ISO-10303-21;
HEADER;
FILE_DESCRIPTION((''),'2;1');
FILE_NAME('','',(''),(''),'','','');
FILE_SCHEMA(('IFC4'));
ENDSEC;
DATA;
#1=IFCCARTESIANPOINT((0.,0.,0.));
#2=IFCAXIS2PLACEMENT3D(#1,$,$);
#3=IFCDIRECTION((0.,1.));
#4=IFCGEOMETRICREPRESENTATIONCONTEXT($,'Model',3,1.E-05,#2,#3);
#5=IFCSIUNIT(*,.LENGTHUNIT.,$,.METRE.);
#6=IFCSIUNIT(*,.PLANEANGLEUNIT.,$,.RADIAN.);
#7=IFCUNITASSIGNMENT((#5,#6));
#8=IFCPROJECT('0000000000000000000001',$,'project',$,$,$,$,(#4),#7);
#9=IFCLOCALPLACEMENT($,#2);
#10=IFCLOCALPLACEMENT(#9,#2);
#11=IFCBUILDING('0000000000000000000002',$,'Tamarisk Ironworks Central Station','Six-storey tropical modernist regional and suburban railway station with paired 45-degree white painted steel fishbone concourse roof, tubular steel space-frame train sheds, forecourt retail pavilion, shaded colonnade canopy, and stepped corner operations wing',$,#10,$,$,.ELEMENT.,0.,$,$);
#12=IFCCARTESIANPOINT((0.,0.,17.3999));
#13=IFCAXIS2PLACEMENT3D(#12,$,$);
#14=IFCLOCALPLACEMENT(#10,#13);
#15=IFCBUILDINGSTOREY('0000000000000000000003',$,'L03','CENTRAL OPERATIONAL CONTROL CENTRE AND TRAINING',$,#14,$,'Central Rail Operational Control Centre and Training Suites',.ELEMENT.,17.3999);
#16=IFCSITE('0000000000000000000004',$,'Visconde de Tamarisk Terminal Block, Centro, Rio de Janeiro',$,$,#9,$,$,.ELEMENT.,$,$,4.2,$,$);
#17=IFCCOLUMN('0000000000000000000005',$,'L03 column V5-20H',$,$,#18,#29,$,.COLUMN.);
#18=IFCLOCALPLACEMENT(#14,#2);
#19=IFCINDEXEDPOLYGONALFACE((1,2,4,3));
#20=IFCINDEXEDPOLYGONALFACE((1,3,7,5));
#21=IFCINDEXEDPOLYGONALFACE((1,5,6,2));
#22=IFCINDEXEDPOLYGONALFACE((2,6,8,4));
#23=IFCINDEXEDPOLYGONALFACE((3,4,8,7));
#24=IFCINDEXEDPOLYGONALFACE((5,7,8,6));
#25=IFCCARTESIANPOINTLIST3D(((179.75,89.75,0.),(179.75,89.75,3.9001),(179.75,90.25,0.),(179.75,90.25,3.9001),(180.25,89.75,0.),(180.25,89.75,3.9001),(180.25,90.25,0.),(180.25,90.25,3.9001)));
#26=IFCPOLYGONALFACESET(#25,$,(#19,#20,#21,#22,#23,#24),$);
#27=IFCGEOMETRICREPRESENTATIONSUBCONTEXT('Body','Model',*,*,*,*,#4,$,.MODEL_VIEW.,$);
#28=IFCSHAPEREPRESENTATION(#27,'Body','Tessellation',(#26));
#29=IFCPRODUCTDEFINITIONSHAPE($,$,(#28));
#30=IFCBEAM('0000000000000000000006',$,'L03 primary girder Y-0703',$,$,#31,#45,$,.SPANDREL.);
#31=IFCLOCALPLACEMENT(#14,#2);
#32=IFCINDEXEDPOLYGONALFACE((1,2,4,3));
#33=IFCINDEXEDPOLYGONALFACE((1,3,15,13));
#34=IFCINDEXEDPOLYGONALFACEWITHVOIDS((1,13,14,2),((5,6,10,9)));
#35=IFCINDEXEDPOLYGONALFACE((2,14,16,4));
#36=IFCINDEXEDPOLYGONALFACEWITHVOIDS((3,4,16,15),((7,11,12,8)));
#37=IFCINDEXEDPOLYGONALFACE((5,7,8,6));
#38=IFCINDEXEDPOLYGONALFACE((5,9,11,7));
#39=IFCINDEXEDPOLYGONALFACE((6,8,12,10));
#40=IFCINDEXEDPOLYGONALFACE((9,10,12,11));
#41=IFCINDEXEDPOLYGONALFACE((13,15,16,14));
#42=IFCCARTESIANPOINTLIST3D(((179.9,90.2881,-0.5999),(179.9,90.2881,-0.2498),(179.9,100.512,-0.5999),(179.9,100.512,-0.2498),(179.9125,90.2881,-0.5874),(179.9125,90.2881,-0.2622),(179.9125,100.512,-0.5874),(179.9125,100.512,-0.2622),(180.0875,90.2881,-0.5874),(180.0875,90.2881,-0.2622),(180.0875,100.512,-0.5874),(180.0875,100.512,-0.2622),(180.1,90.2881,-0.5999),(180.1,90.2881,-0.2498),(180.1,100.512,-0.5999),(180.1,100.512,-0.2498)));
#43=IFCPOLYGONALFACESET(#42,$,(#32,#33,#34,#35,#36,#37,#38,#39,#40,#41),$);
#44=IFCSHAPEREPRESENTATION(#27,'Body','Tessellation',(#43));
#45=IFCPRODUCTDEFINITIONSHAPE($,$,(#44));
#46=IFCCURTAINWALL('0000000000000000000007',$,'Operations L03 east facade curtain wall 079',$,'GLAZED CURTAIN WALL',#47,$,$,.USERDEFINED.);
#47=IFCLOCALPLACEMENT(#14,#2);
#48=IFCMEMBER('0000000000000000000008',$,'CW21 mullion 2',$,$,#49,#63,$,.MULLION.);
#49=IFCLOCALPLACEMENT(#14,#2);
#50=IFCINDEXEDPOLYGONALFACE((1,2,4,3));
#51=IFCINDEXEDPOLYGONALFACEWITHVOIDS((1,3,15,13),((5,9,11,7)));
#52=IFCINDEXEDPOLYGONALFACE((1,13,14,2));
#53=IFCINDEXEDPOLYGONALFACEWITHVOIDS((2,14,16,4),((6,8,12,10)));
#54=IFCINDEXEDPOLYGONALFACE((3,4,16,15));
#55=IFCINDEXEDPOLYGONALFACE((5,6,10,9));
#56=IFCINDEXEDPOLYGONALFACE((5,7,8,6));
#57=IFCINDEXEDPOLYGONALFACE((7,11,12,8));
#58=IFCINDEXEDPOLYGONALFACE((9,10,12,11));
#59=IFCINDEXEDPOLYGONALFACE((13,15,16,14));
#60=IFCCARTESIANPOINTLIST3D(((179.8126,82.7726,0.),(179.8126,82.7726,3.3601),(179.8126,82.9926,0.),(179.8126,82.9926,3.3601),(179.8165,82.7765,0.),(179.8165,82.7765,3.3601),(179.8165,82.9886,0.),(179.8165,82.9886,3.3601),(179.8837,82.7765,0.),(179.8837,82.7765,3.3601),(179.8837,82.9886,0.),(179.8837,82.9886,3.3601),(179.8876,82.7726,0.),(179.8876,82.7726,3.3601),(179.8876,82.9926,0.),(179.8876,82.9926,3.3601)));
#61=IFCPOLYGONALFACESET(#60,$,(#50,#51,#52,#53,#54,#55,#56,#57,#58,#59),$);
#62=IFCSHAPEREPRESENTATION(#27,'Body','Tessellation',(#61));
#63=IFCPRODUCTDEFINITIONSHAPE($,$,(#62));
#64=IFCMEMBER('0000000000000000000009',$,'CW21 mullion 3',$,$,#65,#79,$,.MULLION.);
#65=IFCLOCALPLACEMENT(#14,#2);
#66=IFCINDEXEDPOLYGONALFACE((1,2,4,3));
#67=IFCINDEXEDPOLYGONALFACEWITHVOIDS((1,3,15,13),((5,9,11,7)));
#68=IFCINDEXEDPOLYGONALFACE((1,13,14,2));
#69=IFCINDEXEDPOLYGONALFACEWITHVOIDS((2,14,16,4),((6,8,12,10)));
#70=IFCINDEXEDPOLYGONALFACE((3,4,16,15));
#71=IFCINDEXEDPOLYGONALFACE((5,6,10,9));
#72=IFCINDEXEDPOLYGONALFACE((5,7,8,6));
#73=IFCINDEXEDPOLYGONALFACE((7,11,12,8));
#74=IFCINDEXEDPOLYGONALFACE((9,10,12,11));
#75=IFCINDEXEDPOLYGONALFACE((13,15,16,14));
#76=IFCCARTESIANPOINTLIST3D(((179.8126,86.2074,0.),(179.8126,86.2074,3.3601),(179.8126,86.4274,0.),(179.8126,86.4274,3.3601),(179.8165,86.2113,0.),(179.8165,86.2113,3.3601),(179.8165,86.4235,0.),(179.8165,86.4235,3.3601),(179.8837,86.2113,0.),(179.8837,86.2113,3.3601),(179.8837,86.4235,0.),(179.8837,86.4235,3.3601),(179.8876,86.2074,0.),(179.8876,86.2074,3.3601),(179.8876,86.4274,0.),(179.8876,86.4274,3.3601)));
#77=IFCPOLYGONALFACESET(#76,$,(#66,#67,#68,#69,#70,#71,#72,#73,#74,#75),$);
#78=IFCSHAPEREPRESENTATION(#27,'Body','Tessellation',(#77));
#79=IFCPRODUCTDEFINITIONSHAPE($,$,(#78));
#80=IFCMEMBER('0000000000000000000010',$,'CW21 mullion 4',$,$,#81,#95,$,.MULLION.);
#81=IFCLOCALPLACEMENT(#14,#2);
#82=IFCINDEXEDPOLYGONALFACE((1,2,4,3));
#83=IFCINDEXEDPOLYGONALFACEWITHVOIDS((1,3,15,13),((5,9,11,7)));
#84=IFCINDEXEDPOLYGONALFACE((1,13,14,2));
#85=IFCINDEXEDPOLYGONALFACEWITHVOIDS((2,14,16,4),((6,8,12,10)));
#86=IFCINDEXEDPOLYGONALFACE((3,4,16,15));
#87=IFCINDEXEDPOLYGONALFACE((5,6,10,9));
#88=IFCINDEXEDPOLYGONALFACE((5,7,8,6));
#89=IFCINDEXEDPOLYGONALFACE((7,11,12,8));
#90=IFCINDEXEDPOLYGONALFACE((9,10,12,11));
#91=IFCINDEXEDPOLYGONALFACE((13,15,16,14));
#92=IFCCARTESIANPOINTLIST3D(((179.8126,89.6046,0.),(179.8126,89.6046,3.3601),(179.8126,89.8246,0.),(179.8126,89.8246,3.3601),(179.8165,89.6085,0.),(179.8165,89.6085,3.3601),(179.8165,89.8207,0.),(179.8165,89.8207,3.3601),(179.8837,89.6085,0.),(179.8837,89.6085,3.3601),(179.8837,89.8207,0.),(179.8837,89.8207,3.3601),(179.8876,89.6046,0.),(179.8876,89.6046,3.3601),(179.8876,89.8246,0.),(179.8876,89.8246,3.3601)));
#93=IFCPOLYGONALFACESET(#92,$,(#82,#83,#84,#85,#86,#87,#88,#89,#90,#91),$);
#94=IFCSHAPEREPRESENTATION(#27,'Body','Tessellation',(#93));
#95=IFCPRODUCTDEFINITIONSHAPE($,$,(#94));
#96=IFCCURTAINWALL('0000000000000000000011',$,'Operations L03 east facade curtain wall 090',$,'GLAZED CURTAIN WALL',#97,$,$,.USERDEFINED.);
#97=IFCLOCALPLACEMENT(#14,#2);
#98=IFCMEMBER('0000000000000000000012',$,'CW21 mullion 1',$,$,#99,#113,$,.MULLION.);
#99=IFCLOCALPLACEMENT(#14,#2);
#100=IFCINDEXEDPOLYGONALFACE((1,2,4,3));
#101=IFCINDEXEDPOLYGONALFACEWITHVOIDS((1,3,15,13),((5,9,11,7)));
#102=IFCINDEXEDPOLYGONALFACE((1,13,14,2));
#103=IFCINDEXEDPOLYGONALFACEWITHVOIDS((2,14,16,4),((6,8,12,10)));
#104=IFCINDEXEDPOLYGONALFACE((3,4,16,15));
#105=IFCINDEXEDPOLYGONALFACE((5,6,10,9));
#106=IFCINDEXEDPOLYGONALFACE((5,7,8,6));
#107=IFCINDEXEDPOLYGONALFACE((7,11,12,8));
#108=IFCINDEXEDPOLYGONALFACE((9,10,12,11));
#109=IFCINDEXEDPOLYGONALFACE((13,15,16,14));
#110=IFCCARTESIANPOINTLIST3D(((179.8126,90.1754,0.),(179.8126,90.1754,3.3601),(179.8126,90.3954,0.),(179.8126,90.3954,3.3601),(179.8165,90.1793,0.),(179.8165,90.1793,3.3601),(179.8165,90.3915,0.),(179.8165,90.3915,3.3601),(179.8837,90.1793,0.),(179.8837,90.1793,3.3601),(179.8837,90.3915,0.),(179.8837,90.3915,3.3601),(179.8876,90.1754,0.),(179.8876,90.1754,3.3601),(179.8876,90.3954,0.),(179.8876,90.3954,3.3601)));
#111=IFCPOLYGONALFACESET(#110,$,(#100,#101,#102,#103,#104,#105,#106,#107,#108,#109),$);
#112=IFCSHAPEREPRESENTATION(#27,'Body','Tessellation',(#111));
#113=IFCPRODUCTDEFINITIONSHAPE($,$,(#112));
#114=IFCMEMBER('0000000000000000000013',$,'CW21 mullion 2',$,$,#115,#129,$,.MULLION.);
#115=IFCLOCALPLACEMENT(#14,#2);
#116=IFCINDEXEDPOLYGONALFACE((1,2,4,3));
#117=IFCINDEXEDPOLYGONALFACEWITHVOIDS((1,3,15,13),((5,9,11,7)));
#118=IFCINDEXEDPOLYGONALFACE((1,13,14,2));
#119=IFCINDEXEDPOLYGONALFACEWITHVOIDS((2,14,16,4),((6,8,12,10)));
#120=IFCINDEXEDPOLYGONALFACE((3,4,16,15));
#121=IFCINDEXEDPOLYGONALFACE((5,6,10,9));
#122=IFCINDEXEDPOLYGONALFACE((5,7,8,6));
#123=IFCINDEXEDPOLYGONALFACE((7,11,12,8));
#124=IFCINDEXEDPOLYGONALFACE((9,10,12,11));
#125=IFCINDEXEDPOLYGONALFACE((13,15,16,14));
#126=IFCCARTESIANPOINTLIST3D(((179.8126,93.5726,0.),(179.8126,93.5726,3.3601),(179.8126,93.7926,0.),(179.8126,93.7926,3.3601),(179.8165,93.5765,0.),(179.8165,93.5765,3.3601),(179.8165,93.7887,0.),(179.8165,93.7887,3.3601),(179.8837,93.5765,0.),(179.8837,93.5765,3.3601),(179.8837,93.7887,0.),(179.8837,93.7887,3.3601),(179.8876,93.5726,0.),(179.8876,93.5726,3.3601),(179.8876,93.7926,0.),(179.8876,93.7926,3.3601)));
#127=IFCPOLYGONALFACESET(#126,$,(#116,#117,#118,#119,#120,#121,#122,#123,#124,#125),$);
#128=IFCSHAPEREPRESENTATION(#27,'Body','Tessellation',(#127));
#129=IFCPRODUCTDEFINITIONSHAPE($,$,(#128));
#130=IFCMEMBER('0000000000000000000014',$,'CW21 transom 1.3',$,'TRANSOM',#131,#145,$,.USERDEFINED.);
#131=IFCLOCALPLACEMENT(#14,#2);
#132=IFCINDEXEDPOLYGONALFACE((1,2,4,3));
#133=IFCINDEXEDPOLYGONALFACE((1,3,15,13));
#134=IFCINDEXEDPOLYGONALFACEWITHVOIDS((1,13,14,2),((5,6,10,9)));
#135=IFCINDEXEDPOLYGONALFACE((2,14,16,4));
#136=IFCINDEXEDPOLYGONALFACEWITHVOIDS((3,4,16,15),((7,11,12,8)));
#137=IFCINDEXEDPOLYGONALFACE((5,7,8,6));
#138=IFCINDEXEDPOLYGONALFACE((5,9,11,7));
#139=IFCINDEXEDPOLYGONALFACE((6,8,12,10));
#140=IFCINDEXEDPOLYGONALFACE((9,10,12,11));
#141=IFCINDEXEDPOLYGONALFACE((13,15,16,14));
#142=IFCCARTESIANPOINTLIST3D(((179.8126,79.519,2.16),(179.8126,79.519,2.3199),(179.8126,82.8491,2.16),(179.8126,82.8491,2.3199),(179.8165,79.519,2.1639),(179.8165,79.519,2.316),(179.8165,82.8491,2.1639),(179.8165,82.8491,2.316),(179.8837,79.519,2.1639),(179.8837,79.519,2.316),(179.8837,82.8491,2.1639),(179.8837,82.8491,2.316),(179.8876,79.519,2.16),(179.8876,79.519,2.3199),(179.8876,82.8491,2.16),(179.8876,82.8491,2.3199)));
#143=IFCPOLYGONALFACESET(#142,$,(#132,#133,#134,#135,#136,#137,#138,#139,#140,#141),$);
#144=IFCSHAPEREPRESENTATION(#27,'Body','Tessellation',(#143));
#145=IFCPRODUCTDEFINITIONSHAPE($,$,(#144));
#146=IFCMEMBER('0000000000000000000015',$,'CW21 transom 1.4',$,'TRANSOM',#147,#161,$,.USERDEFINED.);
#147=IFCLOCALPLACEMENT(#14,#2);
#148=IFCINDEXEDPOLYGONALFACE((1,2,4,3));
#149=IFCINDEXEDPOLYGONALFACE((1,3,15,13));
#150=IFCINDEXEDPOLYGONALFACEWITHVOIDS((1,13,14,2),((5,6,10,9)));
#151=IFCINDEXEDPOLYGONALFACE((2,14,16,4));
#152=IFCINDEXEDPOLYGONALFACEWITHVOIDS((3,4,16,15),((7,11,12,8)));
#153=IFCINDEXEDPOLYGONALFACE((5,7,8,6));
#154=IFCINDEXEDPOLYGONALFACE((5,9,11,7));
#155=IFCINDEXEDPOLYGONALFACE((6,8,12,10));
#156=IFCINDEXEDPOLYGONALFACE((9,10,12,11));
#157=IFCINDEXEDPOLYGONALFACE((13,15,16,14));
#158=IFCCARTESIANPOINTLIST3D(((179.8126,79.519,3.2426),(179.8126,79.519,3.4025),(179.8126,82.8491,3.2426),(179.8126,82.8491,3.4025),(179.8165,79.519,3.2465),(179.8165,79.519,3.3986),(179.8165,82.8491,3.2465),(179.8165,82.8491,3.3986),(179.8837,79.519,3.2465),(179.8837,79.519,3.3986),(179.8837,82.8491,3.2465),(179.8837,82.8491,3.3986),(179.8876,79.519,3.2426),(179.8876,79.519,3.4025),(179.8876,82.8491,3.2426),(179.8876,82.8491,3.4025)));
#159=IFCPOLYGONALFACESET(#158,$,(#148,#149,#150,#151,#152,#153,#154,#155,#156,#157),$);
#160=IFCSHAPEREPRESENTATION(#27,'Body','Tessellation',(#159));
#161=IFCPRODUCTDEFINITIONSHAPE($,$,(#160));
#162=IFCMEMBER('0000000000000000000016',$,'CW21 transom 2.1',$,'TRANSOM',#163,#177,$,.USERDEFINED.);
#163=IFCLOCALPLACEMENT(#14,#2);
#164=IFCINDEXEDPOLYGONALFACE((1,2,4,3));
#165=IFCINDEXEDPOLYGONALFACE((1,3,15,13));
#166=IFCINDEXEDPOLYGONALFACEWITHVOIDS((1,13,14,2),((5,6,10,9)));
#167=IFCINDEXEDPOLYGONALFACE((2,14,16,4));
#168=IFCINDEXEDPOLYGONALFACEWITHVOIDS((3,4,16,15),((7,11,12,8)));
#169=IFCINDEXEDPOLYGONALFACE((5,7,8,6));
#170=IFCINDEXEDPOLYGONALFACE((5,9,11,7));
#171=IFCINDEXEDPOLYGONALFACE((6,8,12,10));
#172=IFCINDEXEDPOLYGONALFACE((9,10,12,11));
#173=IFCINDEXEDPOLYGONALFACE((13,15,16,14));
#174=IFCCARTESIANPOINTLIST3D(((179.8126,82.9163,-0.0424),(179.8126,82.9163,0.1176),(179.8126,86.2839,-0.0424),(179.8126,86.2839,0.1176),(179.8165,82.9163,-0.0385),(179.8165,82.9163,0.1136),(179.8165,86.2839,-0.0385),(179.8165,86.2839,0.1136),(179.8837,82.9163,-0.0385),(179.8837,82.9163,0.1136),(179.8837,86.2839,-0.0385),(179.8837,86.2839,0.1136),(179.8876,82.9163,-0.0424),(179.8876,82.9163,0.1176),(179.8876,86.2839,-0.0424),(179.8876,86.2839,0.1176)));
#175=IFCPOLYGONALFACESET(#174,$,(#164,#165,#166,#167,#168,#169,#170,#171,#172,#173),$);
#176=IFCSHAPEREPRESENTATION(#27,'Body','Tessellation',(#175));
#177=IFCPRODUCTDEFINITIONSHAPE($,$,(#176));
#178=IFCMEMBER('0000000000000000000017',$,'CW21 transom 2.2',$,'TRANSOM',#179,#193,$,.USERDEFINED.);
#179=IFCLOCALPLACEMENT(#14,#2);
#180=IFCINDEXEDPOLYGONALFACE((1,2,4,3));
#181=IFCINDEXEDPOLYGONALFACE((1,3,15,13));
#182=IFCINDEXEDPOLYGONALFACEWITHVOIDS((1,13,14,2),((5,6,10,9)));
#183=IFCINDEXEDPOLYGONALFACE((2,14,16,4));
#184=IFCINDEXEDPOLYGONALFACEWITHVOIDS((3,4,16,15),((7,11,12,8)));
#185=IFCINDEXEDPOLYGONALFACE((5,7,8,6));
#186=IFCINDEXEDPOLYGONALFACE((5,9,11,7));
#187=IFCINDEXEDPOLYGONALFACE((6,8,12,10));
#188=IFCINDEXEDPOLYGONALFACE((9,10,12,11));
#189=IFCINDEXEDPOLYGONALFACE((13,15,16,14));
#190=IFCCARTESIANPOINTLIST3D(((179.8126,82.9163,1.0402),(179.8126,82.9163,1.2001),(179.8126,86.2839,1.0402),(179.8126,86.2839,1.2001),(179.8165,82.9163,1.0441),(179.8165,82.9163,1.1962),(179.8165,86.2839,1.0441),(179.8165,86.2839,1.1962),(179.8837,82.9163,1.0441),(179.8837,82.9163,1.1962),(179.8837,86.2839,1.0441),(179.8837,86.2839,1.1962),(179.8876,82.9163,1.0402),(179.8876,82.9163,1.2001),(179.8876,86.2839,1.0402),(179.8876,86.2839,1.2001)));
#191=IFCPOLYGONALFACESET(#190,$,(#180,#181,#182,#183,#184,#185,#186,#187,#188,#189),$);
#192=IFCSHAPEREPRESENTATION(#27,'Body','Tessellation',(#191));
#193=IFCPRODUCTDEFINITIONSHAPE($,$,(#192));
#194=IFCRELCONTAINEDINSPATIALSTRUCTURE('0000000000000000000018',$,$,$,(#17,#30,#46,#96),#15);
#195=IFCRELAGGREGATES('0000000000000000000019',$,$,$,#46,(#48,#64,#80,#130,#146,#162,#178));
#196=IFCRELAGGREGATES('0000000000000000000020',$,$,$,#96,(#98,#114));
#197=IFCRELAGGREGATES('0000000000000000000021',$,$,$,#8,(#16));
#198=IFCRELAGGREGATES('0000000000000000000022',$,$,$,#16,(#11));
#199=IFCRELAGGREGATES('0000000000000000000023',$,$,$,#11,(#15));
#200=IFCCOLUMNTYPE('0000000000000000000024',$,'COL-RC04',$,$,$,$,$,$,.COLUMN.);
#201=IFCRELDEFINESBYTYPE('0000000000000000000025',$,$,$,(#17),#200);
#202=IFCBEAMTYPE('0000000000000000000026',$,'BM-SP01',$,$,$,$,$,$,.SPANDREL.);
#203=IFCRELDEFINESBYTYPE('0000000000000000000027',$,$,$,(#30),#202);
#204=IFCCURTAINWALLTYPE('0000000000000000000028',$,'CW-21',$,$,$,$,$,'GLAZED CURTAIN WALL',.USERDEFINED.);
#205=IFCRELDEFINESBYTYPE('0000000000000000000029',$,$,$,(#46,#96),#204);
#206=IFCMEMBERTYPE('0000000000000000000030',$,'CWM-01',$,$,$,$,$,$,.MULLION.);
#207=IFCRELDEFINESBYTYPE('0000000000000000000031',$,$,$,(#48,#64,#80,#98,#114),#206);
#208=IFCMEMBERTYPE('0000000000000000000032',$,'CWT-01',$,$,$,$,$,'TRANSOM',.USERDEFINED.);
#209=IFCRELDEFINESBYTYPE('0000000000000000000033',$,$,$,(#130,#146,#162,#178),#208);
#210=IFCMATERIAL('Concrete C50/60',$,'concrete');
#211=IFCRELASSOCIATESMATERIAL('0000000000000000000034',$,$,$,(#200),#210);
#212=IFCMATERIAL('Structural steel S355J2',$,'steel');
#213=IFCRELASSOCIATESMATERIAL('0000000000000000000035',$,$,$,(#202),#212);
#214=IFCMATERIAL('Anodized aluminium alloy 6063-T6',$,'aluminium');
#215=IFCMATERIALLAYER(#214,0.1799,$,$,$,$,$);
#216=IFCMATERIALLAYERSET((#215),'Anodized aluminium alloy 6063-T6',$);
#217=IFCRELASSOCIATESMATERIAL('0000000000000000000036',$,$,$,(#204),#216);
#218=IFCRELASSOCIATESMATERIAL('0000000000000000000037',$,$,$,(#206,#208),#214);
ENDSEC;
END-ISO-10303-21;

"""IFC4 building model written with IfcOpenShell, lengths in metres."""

from ifc_helpers import new_model, si_unit, direction, frame, origin, origin_2d, place, context, subcontext, project, spatial, rectangle, hollow_rectangle, extrude, material, layer, layer_set, material_profile, profile_set, type_object, element, aggregate, save


model = new_model("IFC4")

# Units and contexts
model_context = context("Model", 3, precision=1e-05, world=origin(), true_north=direction((0.0, 1.0)))
body_context = subcontext(model_context, "Body", "Model", "MODEL_VIEW")
ifc_project = project(units=[si_unit("LENGTHUNIT", "METRE"), si_unit("PLANEANGLEUNIT", "RADIAN")], contexts=[model_context])

# Site, building, storey
site_placement = place(None, origin())
site = spatial("IfcSite", under=ifc_project, at=site_placement, Name="Visconde de Tamarisk Terminal Block, Centro, Rio de Janeiro", CompositionType="ELEMENT", RefElevation=4.2)
building_placement = place(site_placement, origin())
building = spatial("IfcBuilding", under=site, at=building_placement, Name="Tamarisk Ironworks Central Station", Description="Six-storey tropical modernist regional and suburban railway station with paired 45-degree white painted steel fishbone concourse roof, tubular steel space-frame train sheds, forecourt retail pavilion, shaded colonnade canopy, and stepped corner operations wing", CompositionType="ELEMENT", ElevationOfRefHeight=0.0)
storey_placement = place(building_placement, frame((0.0, 0.0, 17.3999)))
storey = spatial("IfcBuildingStorey", under=building, at=storey_placement, Name="L03", Description="CENTRAL OPERATIONAL CONTROL CENTRE AND TRAINING", LongName="Central Rail Operational Control Centre and Training Suites", CompositionType="ELEMENT", Elevation=17.3999)

# Column
ifc_material_1 = material(Name="Concrete C50/60", Category="concrete")
ifc_material_profile_1 = material_profile(ifc_material_1, rectangle(XDim=0.5, YDim=0.5, at=origin_2d()), Name="RC 500x500")
ifc_profile_set_1 = profile_set([ifc_material_profile_1], Name="Concrete C50/60")
column_type = type_object("IfcColumnType", Name="COL-RC04", PredefinedType="COLUMN", material=ifc_profile_set_1)
column_placement = place(storey_placement, frame((180.0, 90.0, 0.0), z_axis=(0.0, 0.0, 1.0), x_axis=(1.0, 0.0, 0.0)))
element("IfcColumn", 1, at=column_placement, inside=storey, type_object=column_type, Name="L03 column V5-20H", PredefinedType="COLUMN", context=body_context, shape_type="SweptSolid", body=[
    extrude(rectangle(XDim=0.5, YDim=0.5, at=origin_2d()), origin(), (0.0, 0.0, 1.0), 3.9001),
])

# Beam
ifc_material_2 = material(Name="Structural steel S355J2", Category="steel")
ifc_material_profile_2 = material_profile(ifc_material_2, hollow_rectangle(XDim=0.2, YDim=0.3501, WallThickness=0.0125, at=origin_2d()), Name="RHS 350x200x12.5")
ifc_profile_set_2 = profile_set([ifc_material_profile_2], Name="Structural steel S355J2")
beam_type = type_object("IfcBeamType", Name="BM-SP01", PredefinedType="SPANDREL", material=ifc_profile_set_2)
beam_placement = place(storey_placement, frame((180.0, 90.2881, -0.4248), z_axis=(0.0, 1.0, 0.0), x_axis=(-1.0, 0.0, 0.0)))
element("IfcBeam", 2, at=beam_placement, inside=storey, type_object=beam_type, Name="L03 primary girder Y-0703", PredefinedType="SPANDREL", context=body_context, shape_type="SweptSolid", body=[
    extrude(hollow_rectangle(XDim=0.2, YDim=0.3501, WallThickness=0.0125, at=origin_2d()), origin(), (0.0, 0.0, 1.0), 10.2239),
])

# Curtain walls, members
ifc_material_3 = material(Name="Anodized aluminium alloy 6063-T6", Category="aluminium")
ifc_layer_1 = layer(ifc_material_3, 0.1799)
ifc_layer_set_1 = layer_set([ifc_layer_1], Name="Anodized aluminium alloy 6063-T6")
curtain_wall_type = type_object("IfcCurtainWallType", Name="CW-21", ElementType="GLAZED CURTAIN WALL", PredefinedType="USERDEFINED", material=ifc_layer_set_1)
curtain_wall_1_placement = place(storey_placement, origin())
curtain_wall_1 = element("IfcCurtainWall", 3, at=curtain_wall_1_placement, inside=storey, type_object=curtain_wall_type, Name="Operations L03 east facade curtain wall 079", ObjectType="GLAZED CURTAIN WALL", PredefinedType="USERDEFINED")
ifc_material_profile_3 = material_profile(ifc_material_3, hollow_rectangle(XDim=0.075, YDim=0.22, WallThickness=0.0039, at=origin_2d()), Name="ALUM 220x75")
ifc_profile_set_3 = profile_set([ifc_material_profile_3], Name="Anodized aluminium alloy 6063-T6")
member_type_1 = type_object("IfcMemberType", Name="CWM-01", PredefinedType="MULLION", material=ifc_profile_set_3)
member_1_placement = place(storey_placement, frame((179.8501, 82.8826, 0.0), z_axis=(0.0, 0.0, 1.0), x_axis=(-1.0, 0.0, 0.0)))
member_1 = element("IfcMember", 4, at=member_1_placement, type_object=member_type_1, Name="CW21 mullion 2", PredefinedType="MULLION", context=body_context, shape_type="SweptSolid", body=[
    extrude(hollow_rectangle(XDim=0.075, YDim=0.22, WallThickness=0.0039, at=origin_2d()), origin(), (0.0, 0.0, 1.0), 3.3601),
])
member_2_placement = place(storey_placement, frame((179.8501, 86.3174, 0.0), z_axis=(0.0, 0.0, 1.0), x_axis=(-1.0, 0.0, 0.0)))
member_2 = element("IfcMember", 5, at=member_2_placement, type_object=member_type_1, Name="CW21 mullion 3", PredefinedType="MULLION", context=body_context, shape_type="SweptSolid", body=[
    extrude(hollow_rectangle(XDim=0.075, YDim=0.22, WallThickness=0.0039, at=origin_2d()), origin(), (0.0, 0.0, 1.0), 3.3601),
])
member_3_placement = place(storey_placement, frame((179.8501, 89.7146, 0.0), z_axis=(0.0, 0.0, 1.0), x_axis=(-1.0, 0.0, 0.0)))
member_3 = element("IfcMember", 6, at=member_3_placement, type_object=member_type_1, Name="CW21 mullion 4", PredefinedType="MULLION", context=body_context, shape_type="SweptSolid", body=[
    extrude(hollow_rectangle(XDim=0.075, YDim=0.22, WallThickness=0.0039, at=origin_2d()), origin(), (0.0, 0.0, 1.0), 3.3601),
])
curtain_wall_2_placement = place(storey_placement, origin())
curtain_wall_2 = element("IfcCurtainWall", 7, at=curtain_wall_2_placement, inside=storey, type_object=curtain_wall_type, Name="Operations L03 east facade curtain wall 090", ObjectType="GLAZED CURTAIN WALL", PredefinedType="USERDEFINED")
member_4_placement = place(storey_placement, frame((179.8501, 90.2854, 0.0), z_axis=(0.0, 0.0, 1.0), x_axis=(-1.0, 0.0, 0.0)))
member_4 = element("IfcMember", 8, at=member_4_placement, type_object=member_type_1, Name="CW21 mullion 1", PredefinedType="MULLION", context=body_context, shape_type="SweptSolid", body=[
    extrude(hollow_rectangle(XDim=0.075, YDim=0.22, WallThickness=0.0039, at=origin_2d()), origin(), (0.0, 0.0, 1.0), 3.3601),
])
member_5_placement = place(storey_placement, frame((179.8501, 93.6826, 0.0), z_axis=(0.0, 0.0, 1.0), x_axis=(-1.0, 0.0, 0.0)))
member_5 = element("IfcMember", 9, at=member_5_placement, type_object=member_type_1, Name="CW21 mullion 2", PredefinedType="MULLION", context=body_context, shape_type="SweptSolid", body=[
    extrude(hollow_rectangle(XDim=0.075, YDim=0.22, WallThickness=0.0039, at=origin_2d()), origin(), (0.0, 0.0, 1.0), 3.3601),
])

# Members
ifc_material_profile_4 = material_profile(ifc_material_3, hollow_rectangle(XDim=0.075, YDim=0.1599, WallThickness=0.0039, at=origin_2d()), Name="ALUM 160x75")
ifc_profile_set_4 = profile_set([ifc_material_profile_4], Name="Anodized aluminium alloy 6063-T6")
member_type_2 = type_object("IfcMemberType", Name="CWT-01", ElementType="TRANSOM", PredefinedType="USERDEFINED", material=ifc_profile_set_4)
member_6_placement = place(storey_placement, frame((179.8501, 79.519, 2.24), z_axis=(0.0, 1.0, 0.0), x_axis=(-1.0, 0.0, 0.0)))
member_6 = element("IfcMember", 10, at=member_6_placement, type_object=member_type_2, Name="CW21 transom 1.3", ObjectType="TRANSOM", PredefinedType="USERDEFINED", context=body_context, shape_type="SweptSolid", body=[
    extrude(hollow_rectangle(XDim=0.075, YDim=0.1599, WallThickness=0.0039, at=origin_2d()), origin(), (0.0, 0.0, 1.0), 3.3301),
])
member_7_placement = place(storey_placement, frame((179.8501, 79.519, 3.3225), z_axis=(0.0, 1.0, 0.0), x_axis=(-1.0, 0.0, 0.0)))
member_7 = element("IfcMember", 11, at=member_7_placement, type_object=member_type_2, Name="CW21 transom 1.4", ObjectType="TRANSOM", PredefinedType="USERDEFINED", context=body_context, shape_type="SweptSolid", body=[
    extrude(hollow_rectangle(XDim=0.075, YDim=0.1599, WallThickness=0.0039, at=origin_2d()), origin(), (0.0, 0.0, 1.0), 3.3301),
])
member_8_placement = place(storey_placement, frame((179.8501, 82.9163, 0.0376), z_axis=(0.0, 1.0, 0.0), x_axis=(-1.0, 0.0, 0.0)))
member_8 = element("IfcMember", 12, at=member_8_placement, type_object=member_type_2, Name="CW21 transom 2.1", ObjectType="TRANSOM", PredefinedType="USERDEFINED", context=body_context, shape_type="SweptSolid", body=[
    extrude(hollow_rectangle(XDim=0.075, YDim=0.1599, WallThickness=0.0039, at=origin_2d()), origin(), (0.0, 0.0, 1.0), 3.3677),
])
member_9_placement = place(storey_placement, frame((179.8501, 82.9163, 1.1201), z_axis=(0.0, 1.0, 0.0), x_axis=(-1.0, 0.0, 0.0)))
member_9 = element("IfcMember", 13, at=member_9_placement, type_object=member_type_2, Name="CW21 transom 2.2", ObjectType="TRANSOM", PredefinedType="USERDEFINED", context=body_context, shape_type="SweptSolid", body=[
    extrude(hollow_rectangle(XDim=0.075, YDim=0.1599, WallThickness=0.0039, at=origin_2d()), origin(), (0.0, 0.0, 1.0), 3.3677),
])

aggregate(curtain_wall_1, [member_1, member_2, member_3, member_6, member_7, member_8, member_9])
aggregate(curtain_wall_2, [member_4, member_5])

save(model, "model.ifc")
